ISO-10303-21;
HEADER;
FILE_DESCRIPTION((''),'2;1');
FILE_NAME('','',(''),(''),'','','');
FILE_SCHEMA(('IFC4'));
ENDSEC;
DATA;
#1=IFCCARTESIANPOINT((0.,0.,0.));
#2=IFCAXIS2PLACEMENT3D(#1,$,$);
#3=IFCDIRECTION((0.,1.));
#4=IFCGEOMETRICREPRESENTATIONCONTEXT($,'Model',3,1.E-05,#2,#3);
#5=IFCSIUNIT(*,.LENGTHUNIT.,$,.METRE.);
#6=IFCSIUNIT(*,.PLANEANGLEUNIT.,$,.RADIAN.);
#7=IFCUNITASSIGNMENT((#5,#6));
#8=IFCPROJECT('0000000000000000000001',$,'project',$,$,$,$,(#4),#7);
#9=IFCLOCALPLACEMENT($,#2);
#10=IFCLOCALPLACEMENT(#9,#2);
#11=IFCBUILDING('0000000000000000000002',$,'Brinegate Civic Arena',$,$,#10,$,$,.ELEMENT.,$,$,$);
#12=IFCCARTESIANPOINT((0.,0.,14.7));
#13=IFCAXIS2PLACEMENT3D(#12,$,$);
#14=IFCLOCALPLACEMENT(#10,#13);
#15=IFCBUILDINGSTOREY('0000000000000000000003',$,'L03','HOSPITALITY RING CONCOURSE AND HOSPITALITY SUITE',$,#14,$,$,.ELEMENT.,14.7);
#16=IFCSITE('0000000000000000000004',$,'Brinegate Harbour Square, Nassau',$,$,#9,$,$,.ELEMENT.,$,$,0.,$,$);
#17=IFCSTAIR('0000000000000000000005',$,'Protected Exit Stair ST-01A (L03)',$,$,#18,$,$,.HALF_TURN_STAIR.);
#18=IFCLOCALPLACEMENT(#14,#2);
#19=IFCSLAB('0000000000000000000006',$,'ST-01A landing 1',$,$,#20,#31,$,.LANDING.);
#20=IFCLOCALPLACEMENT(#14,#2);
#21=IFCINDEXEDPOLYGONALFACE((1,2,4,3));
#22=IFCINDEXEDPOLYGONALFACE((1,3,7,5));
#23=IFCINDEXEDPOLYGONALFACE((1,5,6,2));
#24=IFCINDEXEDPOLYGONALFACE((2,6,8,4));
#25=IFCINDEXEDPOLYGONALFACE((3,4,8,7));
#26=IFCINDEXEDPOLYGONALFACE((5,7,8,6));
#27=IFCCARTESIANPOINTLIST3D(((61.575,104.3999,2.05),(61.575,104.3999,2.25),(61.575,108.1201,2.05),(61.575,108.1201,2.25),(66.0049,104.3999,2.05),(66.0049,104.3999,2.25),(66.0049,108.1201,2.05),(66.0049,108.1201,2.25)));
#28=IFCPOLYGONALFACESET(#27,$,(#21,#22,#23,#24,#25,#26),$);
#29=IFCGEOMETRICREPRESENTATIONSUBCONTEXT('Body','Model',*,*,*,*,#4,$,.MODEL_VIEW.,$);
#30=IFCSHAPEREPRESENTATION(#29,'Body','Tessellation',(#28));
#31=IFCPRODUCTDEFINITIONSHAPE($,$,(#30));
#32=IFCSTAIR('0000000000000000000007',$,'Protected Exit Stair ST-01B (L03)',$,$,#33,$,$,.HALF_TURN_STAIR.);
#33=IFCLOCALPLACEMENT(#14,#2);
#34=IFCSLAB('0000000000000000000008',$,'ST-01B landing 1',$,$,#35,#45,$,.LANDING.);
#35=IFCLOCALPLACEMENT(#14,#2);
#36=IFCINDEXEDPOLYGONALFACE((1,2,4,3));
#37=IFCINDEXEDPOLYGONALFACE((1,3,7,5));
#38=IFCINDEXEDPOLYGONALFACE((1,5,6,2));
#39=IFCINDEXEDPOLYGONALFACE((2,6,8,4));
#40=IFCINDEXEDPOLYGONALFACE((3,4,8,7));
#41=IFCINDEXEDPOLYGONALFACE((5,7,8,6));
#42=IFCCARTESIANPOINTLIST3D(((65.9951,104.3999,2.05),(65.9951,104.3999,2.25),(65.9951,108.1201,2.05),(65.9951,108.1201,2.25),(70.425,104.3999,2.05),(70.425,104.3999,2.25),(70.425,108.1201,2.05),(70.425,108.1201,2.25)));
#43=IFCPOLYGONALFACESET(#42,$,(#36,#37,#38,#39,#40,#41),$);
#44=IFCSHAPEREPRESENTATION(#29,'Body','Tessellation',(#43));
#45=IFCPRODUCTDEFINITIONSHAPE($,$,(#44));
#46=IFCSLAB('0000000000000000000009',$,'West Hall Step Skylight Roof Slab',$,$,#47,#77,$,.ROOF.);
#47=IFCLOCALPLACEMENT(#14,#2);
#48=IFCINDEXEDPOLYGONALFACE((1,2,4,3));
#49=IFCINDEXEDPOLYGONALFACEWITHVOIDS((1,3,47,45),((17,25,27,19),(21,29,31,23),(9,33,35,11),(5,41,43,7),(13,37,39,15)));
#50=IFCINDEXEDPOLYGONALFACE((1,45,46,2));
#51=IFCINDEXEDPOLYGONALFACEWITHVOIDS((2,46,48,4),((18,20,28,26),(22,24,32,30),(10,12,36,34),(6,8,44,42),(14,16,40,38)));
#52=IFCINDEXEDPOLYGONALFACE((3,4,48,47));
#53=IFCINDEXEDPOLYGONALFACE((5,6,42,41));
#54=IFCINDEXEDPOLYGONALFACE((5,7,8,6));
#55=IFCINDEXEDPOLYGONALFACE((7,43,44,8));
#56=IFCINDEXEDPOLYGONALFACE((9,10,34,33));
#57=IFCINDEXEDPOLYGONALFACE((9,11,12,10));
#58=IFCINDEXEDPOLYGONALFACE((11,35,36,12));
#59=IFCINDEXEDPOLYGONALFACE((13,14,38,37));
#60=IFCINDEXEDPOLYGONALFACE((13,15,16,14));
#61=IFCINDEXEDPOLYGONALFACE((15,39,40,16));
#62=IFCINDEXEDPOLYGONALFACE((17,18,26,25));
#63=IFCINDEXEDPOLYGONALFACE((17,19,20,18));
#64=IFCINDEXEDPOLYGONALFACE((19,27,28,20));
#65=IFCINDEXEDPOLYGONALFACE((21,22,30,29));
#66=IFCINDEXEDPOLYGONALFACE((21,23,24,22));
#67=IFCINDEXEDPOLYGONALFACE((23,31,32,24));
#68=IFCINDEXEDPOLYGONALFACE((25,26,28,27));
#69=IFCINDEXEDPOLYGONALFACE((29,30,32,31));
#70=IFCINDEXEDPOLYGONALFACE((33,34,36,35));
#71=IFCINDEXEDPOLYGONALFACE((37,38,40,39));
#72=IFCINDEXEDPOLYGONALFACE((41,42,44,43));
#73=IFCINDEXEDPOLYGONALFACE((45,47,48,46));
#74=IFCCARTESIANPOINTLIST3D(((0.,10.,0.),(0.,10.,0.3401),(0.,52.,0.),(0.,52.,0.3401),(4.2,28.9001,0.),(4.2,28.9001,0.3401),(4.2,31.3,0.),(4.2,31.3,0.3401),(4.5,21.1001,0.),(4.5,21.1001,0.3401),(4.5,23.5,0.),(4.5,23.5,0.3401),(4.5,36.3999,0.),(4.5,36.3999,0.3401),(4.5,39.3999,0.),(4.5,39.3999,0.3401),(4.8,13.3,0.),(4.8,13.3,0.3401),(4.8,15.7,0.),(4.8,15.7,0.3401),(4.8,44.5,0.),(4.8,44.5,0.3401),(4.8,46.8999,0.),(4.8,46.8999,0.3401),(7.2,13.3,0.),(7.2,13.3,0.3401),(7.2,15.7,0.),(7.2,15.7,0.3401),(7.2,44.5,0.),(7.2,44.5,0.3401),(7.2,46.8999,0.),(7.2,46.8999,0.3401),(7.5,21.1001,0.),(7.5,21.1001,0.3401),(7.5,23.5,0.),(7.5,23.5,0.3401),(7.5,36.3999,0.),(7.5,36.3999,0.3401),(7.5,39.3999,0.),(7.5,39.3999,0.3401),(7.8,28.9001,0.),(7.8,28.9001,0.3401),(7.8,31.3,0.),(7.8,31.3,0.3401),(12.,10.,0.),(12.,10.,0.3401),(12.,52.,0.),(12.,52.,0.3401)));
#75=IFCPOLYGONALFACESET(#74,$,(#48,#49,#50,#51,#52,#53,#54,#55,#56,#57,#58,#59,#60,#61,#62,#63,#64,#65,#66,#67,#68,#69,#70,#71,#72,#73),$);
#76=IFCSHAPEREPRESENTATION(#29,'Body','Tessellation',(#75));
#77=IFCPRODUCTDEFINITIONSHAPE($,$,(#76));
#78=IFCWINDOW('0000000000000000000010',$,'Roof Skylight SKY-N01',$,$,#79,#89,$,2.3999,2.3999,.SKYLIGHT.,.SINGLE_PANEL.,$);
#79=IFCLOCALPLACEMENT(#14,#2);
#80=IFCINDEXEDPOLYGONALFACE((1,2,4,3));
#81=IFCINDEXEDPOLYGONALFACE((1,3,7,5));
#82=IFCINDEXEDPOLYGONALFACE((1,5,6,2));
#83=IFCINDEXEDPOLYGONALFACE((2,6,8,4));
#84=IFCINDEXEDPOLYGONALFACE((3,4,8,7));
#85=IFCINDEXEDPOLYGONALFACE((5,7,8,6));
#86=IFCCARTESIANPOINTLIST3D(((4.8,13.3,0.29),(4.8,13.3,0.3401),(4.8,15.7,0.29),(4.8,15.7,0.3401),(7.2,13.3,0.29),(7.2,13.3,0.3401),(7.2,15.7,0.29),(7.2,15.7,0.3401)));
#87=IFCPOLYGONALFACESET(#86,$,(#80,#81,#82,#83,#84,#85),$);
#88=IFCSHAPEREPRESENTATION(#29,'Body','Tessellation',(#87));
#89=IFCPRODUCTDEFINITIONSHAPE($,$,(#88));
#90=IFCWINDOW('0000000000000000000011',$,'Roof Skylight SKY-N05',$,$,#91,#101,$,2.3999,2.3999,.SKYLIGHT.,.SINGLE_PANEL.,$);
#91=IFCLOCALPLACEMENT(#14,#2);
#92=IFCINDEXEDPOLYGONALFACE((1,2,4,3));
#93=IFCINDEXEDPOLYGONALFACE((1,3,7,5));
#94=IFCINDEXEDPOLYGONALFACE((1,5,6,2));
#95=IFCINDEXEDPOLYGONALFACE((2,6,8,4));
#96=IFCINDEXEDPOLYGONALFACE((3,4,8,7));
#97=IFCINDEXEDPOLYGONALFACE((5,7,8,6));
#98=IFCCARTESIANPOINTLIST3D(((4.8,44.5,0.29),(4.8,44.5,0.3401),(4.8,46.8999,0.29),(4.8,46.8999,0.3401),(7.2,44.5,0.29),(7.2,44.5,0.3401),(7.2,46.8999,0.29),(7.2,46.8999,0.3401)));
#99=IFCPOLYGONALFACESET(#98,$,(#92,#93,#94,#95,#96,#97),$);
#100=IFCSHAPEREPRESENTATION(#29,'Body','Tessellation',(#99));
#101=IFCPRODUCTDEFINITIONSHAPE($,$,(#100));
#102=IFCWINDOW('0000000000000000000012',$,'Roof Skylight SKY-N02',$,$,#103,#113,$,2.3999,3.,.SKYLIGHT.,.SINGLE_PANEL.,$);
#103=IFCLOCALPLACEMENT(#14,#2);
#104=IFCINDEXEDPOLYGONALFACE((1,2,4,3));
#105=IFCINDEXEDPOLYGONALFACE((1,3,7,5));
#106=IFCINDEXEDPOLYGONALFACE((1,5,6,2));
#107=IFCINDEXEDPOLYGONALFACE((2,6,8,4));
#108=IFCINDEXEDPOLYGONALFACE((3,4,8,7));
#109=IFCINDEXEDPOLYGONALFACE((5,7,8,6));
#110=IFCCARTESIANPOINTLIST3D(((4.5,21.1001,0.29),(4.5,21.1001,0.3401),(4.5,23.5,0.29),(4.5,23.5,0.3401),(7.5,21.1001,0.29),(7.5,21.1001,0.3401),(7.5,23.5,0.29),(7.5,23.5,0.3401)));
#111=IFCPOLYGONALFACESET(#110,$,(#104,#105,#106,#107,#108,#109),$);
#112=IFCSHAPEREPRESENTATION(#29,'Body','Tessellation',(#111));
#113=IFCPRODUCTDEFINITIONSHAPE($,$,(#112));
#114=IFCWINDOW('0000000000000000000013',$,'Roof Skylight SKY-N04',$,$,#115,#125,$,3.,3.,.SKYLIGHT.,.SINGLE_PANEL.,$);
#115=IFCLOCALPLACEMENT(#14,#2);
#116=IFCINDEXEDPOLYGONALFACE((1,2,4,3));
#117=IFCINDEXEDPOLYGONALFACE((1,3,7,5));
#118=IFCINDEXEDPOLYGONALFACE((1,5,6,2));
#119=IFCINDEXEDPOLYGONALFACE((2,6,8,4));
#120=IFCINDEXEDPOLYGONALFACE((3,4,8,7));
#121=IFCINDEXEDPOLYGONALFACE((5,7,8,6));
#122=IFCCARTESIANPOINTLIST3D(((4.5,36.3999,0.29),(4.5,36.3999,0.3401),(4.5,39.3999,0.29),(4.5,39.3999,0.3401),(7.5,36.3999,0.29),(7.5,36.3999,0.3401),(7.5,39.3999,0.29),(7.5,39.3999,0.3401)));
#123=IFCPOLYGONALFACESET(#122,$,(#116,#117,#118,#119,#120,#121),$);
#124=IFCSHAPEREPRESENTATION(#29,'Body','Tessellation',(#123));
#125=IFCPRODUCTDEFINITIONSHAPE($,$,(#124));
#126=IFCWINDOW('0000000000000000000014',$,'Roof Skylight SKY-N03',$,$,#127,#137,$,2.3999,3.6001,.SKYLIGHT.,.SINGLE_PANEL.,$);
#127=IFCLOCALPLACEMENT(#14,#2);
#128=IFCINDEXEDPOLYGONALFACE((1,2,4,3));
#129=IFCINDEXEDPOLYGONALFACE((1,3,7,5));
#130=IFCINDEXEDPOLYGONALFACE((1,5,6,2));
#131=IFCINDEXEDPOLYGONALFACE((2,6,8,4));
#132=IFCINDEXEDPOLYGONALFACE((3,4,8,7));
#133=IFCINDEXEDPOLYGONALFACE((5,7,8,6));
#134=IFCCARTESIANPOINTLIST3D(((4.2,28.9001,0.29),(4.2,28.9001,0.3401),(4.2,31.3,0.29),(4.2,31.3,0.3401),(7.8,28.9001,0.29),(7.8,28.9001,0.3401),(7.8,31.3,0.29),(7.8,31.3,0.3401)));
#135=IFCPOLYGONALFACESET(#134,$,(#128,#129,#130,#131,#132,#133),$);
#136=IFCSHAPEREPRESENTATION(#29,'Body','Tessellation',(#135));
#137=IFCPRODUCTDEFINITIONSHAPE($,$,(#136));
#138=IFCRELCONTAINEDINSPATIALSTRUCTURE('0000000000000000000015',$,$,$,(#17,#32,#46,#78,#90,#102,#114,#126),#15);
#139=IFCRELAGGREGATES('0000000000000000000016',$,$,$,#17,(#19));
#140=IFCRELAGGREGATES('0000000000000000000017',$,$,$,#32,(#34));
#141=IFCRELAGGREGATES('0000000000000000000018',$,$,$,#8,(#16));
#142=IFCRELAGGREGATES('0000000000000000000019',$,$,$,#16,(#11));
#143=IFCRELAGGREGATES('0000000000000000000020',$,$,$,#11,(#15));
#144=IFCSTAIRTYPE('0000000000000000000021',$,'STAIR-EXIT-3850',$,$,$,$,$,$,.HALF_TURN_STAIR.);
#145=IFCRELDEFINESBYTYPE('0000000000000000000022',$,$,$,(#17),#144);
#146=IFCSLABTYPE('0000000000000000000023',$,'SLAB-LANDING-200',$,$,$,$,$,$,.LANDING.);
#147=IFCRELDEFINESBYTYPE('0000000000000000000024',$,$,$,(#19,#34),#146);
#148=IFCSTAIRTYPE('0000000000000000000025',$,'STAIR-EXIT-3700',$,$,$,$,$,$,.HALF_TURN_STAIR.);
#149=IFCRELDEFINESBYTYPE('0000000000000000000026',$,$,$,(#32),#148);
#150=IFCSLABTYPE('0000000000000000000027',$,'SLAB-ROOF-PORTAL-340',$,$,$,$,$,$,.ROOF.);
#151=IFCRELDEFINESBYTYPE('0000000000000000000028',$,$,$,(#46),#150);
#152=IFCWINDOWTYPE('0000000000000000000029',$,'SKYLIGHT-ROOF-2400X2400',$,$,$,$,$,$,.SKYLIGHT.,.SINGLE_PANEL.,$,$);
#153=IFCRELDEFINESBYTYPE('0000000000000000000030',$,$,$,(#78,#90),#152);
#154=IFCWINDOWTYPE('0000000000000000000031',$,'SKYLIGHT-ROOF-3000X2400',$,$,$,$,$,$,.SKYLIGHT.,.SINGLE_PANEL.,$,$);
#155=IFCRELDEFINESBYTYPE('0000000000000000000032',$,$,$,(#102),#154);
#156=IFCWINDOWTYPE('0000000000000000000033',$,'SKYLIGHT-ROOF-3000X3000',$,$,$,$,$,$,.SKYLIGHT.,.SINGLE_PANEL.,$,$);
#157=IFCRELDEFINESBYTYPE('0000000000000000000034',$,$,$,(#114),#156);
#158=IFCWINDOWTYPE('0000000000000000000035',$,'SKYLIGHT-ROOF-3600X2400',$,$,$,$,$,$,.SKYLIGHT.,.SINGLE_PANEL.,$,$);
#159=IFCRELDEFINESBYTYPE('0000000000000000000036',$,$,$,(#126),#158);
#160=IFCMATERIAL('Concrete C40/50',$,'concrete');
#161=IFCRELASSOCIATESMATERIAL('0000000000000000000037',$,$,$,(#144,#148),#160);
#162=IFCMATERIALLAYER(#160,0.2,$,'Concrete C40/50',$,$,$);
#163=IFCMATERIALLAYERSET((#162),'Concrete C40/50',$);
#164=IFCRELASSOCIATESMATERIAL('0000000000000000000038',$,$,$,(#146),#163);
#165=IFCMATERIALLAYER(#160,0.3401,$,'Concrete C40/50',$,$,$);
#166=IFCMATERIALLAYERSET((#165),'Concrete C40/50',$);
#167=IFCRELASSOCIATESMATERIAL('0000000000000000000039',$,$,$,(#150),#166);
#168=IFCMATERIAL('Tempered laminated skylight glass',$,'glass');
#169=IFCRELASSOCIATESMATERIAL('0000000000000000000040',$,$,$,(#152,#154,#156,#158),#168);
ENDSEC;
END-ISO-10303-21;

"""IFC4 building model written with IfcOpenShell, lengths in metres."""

from ifc_helpers import new_model, si_unit, direction, frame, origin, origin_2d, place, context, subcontext, project, spatial, polyline, rectangle, outline, extrude, material, layer, layer_set, type_object, element, fill, aggregate, save


model = new_model("IFC4")

# Units and contexts
model_context = context("Model", 3, precision=1e-05, world=origin(), true_north=direction((0.0, 1.0)))
body_context = subcontext(model_context, "Body", "Model", "MODEL_VIEW")
ifc_project = project(units=[si_unit("LENGTHUNIT", "METRE"), si_unit("PLANEANGLEUNIT", "RADIAN")], contexts=[model_context])

# Site, building, storey
site_placement = place(None, origin())
site = spatial("IfcSite", under=ifc_project, at=site_placement, Name="Brinegate Harbour Square, Nassau", CompositionType="ELEMENT", RefElevation=0.0)
building_placement = place(site_placement, origin())
building = spatial("IfcBuilding", under=site, at=building_placement, Name="Brinegate Civic Arena", CompositionType="ELEMENT")
storey_placement = place(building_placement, frame((0.0, 0.0, 14.7)))
storey = spatial("IfcBuildingStorey", under=building, at=storey_placement, Name="L03", Description="HOSPITALITY RING CONCOURSE AND HOSPITALITY SUITE", CompositionType="ELEMENT", Elevation=14.7)

# Shared definitions
ifc_material_1 = material(Name="Concrete C40/50", Category="concrete")

# Stairs, slabs
stair_type_1 = type_object("IfcStairType", Name="STAIR-EXIT-3850", PredefinedType="HALF_TURN_STAIR", material=ifc_material_1)
stair_1_placement = place(storey_placement, origin())
stair_1 = element("IfcStair", 1, at=stair_1_placement, inside=storey, type_object=stair_type_1, Name="Protected Exit Stair ST-01A (L03)", PredefinedType="HALF_TURN_STAIR")
ifc_layer_1 = layer(ifc_material_1, 0.2, Name="Concrete C40/50")
ifc_layer_set_1 = layer_set([ifc_layer_1], Name="Concrete C40/50")
slab_type_1 = type_object("IfcSlabType", Name="SLAB-LANDING-200", PredefinedType="LANDING", material=ifc_layer_set_1)
slab_1_placement = place(storey_placement, frame((0.0, 0.0, 2.05)))
slab_1 = element("IfcSlab", 2, at=slab_1_placement, type_object=slab_type_1, Name="ST-01A landing 1", PredefinedType="LANDING", context=body_context, shape_type="SweptSolid", body=[
    extrude(outline(polyline([(61.575, 104.3999), (66.0049, 104.3999), (66.0049, 108.1201), (61.575, 108.1201), (61.575, 104.3999)])), origin(), (0.0, 0.0, 1.0), 0.2),
])
aggregate(stair_1, [slab_1])
stair_type_2 = type_object("IfcStairType", Name="STAIR-EXIT-3700", PredefinedType="HALF_TURN_STAIR", material=ifc_material_1)
stair_2_placement = place(storey_placement, origin())
stair_2 = element("IfcStair", 3, at=stair_2_placement, inside=storey, type_object=stair_type_2, Name="Protected Exit Stair ST-01B (L03)", PredefinedType="HALF_TURN_STAIR")
slab_2_placement = place(storey_placement, frame((0.0, 0.0, 2.05)))
slab_2 = element("IfcSlab", 4, at=slab_2_placement, type_object=slab_type_1, Name="ST-01B landing 1", PredefinedType="LANDING", context=body_context, shape_type="SweptSolid", body=[
    extrude(outline(polyline([(65.9951, 104.3999), (70.425, 104.3999), (70.425, 108.1201), (65.9951, 108.1201), (65.9951, 104.3999)])), origin(), (0.0, 0.0, 1.0), 0.2),
])
aggregate(stair_2, [slab_2])

# Slab, openings, windows
ifc_layer_2 = layer(ifc_material_1, 0.3401, Name="Concrete C40/50")
ifc_layer_set_2 = layer_set([ifc_layer_2], Name="Concrete C40/50")
slab_type_2 = type_object("IfcSlabType", Name="SLAB-ROOF-PORTAL-340", PredefinedType="ROOF", material=ifc_layer_set_2)
slab_3_placement = place(storey_placement, origin())
slab_3 = element("IfcSlab", 5, at=slab_3_placement, inside=storey, type_object=slab_type_2, Name="West Hall Step Skylight Roof Slab", PredefinedType="ROOF", context=body_context, shape_type="SweptSolid", body=[
    extrude(outline(polyline([(0.0, 10.0), (12.0, 10.0), (12.0, 52.0), (0.0, 52.0), (0.0, 10.0)])), origin(), (0.0, 0.0, 1.0), 0.3401),
])
opening_1_placement = place(slab_3_placement, frame((6.0, 14.5, 0.0)))
opening_1 = element("IfcOpeningElement", 6, at=opening_1_placement, cuts=slab_3, PredefinedType="OPENING", context=body_context, shape_type="SweptSolid", body=[
    extrude(rectangle(XDim=2.3999, YDim=2.3999, at=origin_2d()), origin(), (0.0, 0.0, 1.0), 0.3401),
])
opening_2_placement = place(slab_3_placement, frame((6.0, 22.3, 0.0)))
opening_2 = element("IfcOpeningElement", 7, at=opening_2_placement, cuts=slab_3, PredefinedType="OPENING", context=body_context, shape_type="SweptSolid", body=[
    extrude(rectangle(XDim=3.0, YDim=2.3999, at=origin_2d()), origin(), (0.0, 0.0, 1.0), 0.3401),
])
opening_3_placement = place(slab_3_placement, frame((6.0, 30.1001, 0.0)))
opening_3 = element("IfcOpeningElement", 8, at=opening_3_placement, cuts=slab_3, PredefinedType="OPENING", context=body_context, shape_type="SweptSolid", body=[
    extrude(rectangle(XDim=3.6001, YDim=2.3999, at=origin_2d()), origin(), (0.0, 0.0, 1.0), 0.3401),
])
opening_4_placement = place(slab_3_placement, frame((6.0, 37.8999, 0.0)))
opening_4 = element("IfcOpeningElement", 9, at=opening_4_placement, cuts=slab_3, PredefinedType="OPENING", context=body_context, shape_type="SweptSolid", body=[
    extrude(rectangle(XDim=3.0, YDim=3.0, at=origin_2d()), origin(), (0.0, 0.0, 1.0), 0.3401),
])
opening_5_placement = place(slab_3_placement, frame((6.0, 45.7, 0.0)))
opening_5 = element("IfcOpeningElement", 10, at=opening_5_placement, cuts=slab_3, PredefinedType="OPENING", context=body_context, shape_type="SweptSolid", body=[
    extrude(rectangle(XDim=2.3999, YDim=2.3999, at=origin_2d()), origin(), (0.0, 0.0, 1.0), 0.3401),
])
ifc_material_2 = material(Name="Tempered laminated skylight glass", Category="glass")
window_type_1 = type_object("IfcWindowType", Name="SKYLIGHT-ROOF-2400X2400", PartitioningType="SINGLE_PANEL", PredefinedType="SKYLIGHT", material=ifc_material_2)
window_1_placement = place(opening_1_placement, frame((0.0, 0.0, 0.29)))
window_1 = element("IfcWindow", 11, at=window_1_placement, inside=storey, type_object=window_type_1, Name="Roof Skylight SKY-N01", OverallHeight=2.3999, OverallWidth=2.3999, PartitioningType="SINGLE_PANEL", PredefinedType="SKYLIGHT", context=body_context, shape_type="SweptSolid", body=[
    extrude(rectangle(XDim=2.3999, YDim=2.3999, at=origin_2d()), origin(), (0.0, 0.0, 1.0), 0.05),
])
fill(opening_1, window_1)
window_2_placement = place(opening_5_placement, frame((0.0, 0.0, 0.29)))
window_2 = element("IfcWindow", 12, at=window_2_placement, inside=storey, type_object=window_type_1, Name="Roof Skylight SKY-N05", OverallHeight=2.3999, OverallWidth=2.3999, PartitioningType="SINGLE_PANEL", PredefinedType="SKYLIGHT", context=body_context, shape_type="SweptSolid", body=[
    extrude(rectangle(XDim=2.3999, YDim=2.3999, at=origin_2d()), origin(), (0.0, 0.0, 1.0), 0.05),
])
fill(opening_5, window_2)
window_type_2 = type_object("IfcWindowType", Name="SKYLIGHT-ROOF-3000X2400", PartitioningType="SINGLE_PANEL", PredefinedType="SKYLIGHT", material=ifc_material_2)
window_3_placement = place(opening_2_placement, frame((0.0, 0.0, 0.29)))
window_3 = element("IfcWindow", 13, at=window_3_placement, inside=storey, type_object=window_type_2, Name="Roof Skylight SKY-N02", OverallHeight=2.3999, OverallWidth=3.0, PartitioningType="SINGLE_PANEL", PredefinedType="SKYLIGHT", context=body_context, shape_type="SweptSolid", body=[
    extrude(rectangle(XDim=3.0, YDim=2.3999, at=origin_2d()), origin(), (0.0, 0.0, 1.0), 0.05),
])
fill(opening_2, window_3)
window_type_3 = type_object("IfcWindowType", Name="SKYLIGHT-ROOF-3000X3000", PartitioningType="SINGLE_PANEL", PredefinedType="SKYLIGHT", material=ifc_material_2)
window_4_placement = place(opening_4_placement, frame((0.0, 0.0, 0.29)))
window_4 = element("IfcWindow", 14, at=window_4_placement, inside=storey, type_object=window_type_3, Name="Roof Skylight SKY-N04", OverallHeight=3.0, OverallWidth=3.0, PartitioningType="SINGLE_PANEL", PredefinedType="SKYLIGHT", context=body_context, shape_type="SweptSolid", body=[
    extrude(rectangle(XDim=3.0, YDim=3.0, at=origin_2d()), origin(), (0.0, 0.0, 1.0), 0.05),
])
fill(opening_4, window_4)
window_type_4 = type_object("IfcWindowType", Name="SKYLIGHT-ROOF-3600X2400", PartitioningType="SINGLE_PANEL", PredefinedType="SKYLIGHT", material=ifc_material_2)
window_5_placement = place(opening_3_placement, frame((0.0, 0.0, 0.29)))
window_5 = element("IfcWindow", 15, at=window_5_placement, inside=storey, type_object=window_type_4, Name="Roof Skylight SKY-N03", OverallHeight=2.3999, OverallWidth=3.6001, PartitioningType="SINGLE_PANEL", PredefinedType="SKYLIGHT", context=body_context, shape_type="SweptSolid", body=[
    extrude(rectangle(XDim=3.6001, YDim=2.3999, at=origin_2d()), origin(), (0.0, 0.0, 1.0), 0.05),
])
fill(opening_3, window_5)

save(model, "model.ifc")
